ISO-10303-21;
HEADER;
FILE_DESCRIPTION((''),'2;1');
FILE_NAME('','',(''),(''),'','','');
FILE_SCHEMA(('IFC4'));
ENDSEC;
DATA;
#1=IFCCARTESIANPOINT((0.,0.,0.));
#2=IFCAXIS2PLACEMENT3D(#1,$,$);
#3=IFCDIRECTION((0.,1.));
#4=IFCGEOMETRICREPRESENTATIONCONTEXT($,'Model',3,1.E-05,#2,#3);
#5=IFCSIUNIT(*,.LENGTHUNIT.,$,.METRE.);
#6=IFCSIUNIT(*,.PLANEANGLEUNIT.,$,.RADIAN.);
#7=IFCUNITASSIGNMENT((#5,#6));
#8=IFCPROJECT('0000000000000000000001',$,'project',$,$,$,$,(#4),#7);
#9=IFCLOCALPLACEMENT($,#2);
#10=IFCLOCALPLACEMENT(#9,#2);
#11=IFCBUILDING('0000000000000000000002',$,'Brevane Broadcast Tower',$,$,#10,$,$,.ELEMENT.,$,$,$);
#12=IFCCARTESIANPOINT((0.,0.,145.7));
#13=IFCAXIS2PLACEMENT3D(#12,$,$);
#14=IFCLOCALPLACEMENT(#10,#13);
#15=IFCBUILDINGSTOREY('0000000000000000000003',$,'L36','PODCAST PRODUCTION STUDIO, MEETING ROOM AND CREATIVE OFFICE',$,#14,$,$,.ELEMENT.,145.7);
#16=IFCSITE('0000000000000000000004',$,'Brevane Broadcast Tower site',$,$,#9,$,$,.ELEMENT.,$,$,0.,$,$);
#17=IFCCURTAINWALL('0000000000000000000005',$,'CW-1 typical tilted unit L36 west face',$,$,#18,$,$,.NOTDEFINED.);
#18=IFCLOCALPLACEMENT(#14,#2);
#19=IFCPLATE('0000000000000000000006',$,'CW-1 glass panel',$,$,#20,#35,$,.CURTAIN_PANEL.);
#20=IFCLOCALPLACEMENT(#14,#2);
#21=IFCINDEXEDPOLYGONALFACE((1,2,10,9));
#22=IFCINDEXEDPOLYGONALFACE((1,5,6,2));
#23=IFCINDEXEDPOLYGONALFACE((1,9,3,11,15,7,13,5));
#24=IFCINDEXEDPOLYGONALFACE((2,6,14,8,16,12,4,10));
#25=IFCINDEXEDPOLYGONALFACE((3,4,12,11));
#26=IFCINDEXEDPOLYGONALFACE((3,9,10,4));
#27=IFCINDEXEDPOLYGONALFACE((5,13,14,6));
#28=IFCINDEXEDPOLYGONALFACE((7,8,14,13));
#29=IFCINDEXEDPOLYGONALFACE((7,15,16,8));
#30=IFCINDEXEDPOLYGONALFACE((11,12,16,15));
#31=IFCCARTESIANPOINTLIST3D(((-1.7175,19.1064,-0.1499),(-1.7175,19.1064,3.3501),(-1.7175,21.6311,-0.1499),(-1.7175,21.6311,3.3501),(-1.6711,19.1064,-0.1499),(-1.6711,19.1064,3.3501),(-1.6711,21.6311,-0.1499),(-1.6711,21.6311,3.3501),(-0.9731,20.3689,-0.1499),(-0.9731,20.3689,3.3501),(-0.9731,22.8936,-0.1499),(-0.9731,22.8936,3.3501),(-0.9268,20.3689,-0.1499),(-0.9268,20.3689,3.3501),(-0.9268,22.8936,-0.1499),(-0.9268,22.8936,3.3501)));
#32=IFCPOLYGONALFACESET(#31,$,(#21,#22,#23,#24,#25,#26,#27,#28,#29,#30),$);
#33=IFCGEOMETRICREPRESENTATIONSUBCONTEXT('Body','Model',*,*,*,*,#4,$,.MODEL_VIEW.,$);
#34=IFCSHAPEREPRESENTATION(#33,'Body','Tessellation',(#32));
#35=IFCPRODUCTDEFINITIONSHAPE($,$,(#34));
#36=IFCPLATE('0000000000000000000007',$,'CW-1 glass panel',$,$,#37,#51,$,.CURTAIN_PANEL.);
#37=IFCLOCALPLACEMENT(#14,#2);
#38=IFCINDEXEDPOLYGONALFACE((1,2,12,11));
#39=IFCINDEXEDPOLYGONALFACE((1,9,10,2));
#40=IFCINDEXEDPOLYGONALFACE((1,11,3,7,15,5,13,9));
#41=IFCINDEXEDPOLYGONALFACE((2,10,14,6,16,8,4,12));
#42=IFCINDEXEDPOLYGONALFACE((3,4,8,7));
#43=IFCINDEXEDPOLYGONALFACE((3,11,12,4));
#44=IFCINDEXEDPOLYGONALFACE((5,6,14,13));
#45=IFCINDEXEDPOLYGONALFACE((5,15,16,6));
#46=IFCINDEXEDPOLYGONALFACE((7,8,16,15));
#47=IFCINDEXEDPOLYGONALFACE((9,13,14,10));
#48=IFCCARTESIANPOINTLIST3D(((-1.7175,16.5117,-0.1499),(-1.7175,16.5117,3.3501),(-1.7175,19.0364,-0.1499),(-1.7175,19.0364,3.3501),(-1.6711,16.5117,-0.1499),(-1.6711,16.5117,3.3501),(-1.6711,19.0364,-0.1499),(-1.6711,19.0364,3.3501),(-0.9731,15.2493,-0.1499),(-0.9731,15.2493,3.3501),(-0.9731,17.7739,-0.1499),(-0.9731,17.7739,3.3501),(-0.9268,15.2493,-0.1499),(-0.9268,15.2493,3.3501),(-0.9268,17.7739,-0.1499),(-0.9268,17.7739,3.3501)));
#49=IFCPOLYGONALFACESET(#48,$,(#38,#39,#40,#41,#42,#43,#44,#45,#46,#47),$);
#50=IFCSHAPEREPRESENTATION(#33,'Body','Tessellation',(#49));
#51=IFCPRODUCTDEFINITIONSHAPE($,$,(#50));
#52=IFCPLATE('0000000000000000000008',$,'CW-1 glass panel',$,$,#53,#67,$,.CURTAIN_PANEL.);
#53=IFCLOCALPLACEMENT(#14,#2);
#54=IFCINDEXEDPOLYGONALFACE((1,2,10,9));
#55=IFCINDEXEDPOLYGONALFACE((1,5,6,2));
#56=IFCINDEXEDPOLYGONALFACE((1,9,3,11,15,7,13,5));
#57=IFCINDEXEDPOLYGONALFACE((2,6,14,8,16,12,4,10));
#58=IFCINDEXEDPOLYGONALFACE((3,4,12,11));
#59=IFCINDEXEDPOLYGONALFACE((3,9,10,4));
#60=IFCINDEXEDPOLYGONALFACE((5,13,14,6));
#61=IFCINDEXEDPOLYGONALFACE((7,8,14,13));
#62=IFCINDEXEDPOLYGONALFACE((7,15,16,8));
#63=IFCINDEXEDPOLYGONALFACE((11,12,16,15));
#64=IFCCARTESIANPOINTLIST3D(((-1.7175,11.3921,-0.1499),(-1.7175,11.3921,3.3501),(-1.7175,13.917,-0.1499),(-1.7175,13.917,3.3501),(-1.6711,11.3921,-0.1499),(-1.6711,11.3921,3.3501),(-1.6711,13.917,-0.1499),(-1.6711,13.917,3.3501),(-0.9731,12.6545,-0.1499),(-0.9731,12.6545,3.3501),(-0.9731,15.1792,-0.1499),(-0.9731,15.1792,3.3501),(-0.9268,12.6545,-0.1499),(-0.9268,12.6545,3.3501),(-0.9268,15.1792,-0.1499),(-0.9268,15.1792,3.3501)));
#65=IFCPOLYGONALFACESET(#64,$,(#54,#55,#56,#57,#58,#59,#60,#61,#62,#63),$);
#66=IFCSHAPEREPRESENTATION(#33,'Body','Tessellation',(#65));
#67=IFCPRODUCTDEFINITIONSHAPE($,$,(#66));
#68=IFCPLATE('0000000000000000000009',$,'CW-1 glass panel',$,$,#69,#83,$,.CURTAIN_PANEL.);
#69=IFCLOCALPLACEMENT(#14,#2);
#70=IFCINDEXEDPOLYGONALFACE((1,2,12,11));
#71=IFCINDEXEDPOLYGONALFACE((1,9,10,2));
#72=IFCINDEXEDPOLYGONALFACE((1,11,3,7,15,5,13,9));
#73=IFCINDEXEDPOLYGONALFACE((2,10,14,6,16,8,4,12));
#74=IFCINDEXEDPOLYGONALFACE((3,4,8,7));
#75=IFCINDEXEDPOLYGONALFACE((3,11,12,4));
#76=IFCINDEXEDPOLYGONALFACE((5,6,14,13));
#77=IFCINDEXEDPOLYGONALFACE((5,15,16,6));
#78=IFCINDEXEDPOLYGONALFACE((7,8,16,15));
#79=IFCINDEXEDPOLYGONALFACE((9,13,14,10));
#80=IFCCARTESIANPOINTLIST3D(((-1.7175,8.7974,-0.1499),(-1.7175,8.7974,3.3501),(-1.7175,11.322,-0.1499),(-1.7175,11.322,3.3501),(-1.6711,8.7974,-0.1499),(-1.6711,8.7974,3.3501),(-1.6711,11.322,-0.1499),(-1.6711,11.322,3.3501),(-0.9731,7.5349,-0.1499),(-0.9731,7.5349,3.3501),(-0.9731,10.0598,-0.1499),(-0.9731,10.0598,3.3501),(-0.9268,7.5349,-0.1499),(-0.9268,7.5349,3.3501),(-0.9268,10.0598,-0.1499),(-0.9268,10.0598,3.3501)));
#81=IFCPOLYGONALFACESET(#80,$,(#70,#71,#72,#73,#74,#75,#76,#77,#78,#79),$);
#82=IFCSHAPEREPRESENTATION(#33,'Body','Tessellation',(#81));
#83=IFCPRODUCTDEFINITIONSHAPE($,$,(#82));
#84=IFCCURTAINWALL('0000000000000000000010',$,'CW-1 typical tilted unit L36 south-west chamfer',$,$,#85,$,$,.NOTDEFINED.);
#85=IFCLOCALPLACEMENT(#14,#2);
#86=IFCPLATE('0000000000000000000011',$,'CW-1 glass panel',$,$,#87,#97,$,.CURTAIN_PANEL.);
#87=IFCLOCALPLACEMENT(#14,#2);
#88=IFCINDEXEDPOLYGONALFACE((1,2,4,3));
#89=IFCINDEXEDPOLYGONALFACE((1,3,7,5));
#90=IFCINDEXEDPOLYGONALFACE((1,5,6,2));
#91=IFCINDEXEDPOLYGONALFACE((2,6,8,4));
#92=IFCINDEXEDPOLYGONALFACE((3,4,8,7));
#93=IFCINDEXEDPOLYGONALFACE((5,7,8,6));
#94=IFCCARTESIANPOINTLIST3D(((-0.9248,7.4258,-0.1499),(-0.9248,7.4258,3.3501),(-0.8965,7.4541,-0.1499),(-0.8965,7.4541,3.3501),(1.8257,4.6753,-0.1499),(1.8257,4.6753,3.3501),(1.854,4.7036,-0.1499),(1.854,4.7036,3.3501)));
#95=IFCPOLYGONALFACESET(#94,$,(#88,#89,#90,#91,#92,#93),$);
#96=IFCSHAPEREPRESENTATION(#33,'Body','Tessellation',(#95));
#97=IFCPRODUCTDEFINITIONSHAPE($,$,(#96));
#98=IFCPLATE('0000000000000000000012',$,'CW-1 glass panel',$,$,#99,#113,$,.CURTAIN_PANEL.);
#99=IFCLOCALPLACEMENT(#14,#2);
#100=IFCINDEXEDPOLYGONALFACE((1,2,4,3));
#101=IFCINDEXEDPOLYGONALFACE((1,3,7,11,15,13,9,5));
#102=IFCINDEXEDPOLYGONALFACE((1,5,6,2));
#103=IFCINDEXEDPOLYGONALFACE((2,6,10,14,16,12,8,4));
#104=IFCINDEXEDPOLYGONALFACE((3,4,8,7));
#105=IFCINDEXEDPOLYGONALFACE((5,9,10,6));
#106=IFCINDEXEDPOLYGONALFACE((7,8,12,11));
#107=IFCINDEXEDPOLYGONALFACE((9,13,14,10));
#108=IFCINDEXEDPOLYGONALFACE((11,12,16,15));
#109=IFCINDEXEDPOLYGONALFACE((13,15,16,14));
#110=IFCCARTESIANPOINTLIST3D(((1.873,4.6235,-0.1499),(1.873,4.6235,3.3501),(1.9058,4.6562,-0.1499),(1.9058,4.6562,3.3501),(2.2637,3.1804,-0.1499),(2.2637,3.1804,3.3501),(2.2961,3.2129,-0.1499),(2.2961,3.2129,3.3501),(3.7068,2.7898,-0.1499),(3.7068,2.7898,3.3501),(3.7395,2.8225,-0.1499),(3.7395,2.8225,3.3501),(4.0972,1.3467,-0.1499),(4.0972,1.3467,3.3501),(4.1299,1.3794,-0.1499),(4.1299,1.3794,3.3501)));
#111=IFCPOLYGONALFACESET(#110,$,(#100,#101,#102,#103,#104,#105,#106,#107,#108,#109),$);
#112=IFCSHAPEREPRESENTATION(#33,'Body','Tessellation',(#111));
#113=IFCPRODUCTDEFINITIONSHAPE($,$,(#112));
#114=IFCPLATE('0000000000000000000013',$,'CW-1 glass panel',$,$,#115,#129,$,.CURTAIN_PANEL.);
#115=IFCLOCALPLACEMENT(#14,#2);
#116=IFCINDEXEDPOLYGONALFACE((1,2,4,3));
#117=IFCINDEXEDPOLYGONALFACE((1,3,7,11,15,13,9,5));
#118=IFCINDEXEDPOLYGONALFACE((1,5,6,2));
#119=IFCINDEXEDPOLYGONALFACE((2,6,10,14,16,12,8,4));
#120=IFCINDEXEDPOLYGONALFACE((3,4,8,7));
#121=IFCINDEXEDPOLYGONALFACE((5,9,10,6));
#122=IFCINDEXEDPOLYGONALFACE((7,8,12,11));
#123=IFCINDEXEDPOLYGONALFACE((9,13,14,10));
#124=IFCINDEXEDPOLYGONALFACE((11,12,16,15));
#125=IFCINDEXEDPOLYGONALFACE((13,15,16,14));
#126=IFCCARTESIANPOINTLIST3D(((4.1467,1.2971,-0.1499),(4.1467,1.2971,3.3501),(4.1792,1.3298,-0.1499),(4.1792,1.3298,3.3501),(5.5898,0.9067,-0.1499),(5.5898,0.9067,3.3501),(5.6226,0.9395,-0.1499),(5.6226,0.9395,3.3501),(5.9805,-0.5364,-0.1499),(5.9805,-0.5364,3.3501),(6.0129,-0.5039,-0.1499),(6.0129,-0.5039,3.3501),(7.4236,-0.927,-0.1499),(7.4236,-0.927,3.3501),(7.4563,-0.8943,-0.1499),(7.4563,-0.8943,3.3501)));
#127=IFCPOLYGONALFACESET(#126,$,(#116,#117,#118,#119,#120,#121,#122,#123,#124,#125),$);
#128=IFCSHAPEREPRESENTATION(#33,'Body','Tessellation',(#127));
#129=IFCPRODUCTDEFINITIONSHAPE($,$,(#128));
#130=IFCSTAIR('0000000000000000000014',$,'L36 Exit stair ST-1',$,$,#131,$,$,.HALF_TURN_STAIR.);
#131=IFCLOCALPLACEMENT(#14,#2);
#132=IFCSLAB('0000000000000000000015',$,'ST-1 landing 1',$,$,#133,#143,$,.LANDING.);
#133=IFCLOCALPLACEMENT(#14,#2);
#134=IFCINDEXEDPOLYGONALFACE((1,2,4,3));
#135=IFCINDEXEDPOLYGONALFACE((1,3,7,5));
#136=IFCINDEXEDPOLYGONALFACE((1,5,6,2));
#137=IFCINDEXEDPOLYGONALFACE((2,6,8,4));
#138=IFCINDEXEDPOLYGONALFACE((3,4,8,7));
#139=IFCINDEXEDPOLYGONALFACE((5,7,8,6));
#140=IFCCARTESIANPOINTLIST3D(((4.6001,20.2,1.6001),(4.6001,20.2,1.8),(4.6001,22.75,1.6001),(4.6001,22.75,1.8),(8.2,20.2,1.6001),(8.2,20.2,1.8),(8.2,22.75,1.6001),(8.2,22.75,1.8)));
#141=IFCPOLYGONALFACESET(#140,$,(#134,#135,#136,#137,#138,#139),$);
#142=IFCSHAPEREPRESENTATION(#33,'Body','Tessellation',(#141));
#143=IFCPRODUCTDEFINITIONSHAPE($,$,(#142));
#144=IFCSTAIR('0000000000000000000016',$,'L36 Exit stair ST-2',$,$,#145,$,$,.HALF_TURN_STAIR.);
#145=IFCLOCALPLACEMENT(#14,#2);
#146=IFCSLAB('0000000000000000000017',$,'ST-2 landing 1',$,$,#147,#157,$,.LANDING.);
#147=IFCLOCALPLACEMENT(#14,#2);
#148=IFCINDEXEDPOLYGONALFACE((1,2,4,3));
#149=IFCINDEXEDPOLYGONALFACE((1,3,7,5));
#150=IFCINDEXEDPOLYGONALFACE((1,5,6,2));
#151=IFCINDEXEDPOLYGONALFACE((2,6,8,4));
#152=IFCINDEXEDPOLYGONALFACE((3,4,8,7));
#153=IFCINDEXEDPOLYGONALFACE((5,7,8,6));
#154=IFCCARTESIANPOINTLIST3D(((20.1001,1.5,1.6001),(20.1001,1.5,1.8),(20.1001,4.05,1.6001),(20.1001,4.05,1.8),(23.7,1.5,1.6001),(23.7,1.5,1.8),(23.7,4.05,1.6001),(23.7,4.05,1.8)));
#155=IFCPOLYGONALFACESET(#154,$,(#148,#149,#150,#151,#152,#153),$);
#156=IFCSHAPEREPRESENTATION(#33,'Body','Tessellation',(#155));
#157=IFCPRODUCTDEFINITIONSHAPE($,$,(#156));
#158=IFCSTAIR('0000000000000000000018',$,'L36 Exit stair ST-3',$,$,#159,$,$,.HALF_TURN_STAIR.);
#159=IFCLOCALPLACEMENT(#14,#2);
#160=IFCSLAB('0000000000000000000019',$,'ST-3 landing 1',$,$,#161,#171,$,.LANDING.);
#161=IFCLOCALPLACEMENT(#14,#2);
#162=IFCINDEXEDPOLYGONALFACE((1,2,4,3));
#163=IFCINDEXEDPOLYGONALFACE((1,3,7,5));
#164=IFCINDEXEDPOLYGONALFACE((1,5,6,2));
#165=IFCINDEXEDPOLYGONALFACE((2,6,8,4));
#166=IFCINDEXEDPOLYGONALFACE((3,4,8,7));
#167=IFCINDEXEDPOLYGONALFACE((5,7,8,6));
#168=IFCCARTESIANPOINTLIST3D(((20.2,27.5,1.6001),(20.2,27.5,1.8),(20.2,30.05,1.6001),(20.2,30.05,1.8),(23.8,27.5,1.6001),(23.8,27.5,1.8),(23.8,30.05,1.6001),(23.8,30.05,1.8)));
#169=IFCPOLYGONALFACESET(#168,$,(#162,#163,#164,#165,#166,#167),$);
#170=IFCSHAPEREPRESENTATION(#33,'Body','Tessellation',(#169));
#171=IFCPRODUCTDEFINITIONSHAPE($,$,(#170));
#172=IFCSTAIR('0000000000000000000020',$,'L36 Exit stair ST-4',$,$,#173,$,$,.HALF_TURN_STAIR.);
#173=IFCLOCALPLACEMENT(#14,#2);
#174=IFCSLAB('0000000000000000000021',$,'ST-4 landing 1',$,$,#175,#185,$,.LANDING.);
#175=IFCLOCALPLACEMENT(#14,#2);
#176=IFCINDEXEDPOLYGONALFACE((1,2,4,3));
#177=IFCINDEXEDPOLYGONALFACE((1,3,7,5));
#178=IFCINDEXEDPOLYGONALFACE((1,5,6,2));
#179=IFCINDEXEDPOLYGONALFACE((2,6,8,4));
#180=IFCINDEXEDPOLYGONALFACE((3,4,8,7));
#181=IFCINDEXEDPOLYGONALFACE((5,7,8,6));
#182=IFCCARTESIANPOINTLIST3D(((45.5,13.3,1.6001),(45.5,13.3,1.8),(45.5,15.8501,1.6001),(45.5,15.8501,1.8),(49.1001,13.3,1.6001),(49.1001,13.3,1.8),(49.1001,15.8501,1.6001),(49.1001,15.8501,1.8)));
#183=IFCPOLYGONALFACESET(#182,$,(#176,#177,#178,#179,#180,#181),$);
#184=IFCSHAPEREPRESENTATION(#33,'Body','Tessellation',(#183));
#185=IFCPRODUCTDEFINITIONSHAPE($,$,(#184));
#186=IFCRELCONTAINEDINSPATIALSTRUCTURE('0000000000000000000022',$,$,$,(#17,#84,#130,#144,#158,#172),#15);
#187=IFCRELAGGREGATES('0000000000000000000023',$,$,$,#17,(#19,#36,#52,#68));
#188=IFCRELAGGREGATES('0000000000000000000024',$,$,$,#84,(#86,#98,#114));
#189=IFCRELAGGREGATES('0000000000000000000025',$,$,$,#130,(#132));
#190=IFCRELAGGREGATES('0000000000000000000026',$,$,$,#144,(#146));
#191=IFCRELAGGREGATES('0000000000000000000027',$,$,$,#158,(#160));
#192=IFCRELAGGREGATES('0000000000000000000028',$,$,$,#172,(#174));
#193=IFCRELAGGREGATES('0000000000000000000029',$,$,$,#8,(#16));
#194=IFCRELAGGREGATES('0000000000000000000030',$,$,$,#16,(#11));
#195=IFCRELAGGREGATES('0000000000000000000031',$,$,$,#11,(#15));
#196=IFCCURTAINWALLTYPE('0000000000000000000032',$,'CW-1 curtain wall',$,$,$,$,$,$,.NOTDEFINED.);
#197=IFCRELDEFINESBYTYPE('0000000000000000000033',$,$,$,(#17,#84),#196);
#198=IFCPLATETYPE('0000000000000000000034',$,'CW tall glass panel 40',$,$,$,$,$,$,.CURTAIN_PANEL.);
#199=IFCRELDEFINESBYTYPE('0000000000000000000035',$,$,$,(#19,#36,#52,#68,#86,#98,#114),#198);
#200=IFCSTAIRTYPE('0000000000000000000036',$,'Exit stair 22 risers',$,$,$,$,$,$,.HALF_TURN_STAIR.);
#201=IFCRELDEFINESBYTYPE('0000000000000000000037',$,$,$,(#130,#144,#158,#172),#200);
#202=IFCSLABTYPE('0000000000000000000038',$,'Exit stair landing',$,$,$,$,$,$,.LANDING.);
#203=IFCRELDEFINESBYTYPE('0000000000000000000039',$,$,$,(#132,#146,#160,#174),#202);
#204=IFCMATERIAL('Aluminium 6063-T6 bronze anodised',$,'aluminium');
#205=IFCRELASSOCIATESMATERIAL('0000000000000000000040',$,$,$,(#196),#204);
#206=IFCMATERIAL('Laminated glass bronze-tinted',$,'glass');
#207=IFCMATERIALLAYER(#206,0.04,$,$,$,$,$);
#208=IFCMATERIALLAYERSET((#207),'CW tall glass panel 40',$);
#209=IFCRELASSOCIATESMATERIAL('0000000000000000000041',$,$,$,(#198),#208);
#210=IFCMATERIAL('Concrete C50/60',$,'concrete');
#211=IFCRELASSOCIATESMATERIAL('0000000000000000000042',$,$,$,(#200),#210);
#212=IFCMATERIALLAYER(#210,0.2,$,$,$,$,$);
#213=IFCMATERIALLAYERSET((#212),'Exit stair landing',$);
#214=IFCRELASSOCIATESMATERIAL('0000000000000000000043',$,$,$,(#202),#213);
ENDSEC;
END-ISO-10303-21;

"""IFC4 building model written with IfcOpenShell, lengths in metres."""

from ifc_helpers import new_model, si_unit, direction, frame, origin, place, context, subcontext, project, spatial, polyline, outline, extrude, material, layer, layer_set, type_object, element, aggregate, save


model = new_model("IFC4")

# Units and contexts
model_context = context("Model", 3, precision=1e-05, world=origin(), true_north=direction((0.0, 1.0)))
body_context = subcontext(model_context, "Body", "Model", "MODEL_VIEW")
ifc_project = project(units=[si_unit("LENGTHUNIT", "METRE"), si_unit("PLANEANGLEUNIT", "RADIAN")], contexts=[model_context])

# Site, building, storey
site_placement = place(None, origin())
site = spatial("IfcSite", under=ifc_project, at=site_placement, Name="Brevane Broadcast Tower site", CompositionType="ELEMENT", RefElevation=0.0)
building_placement = place(site_placement, origin())
building = spatial("IfcBuilding", under=site, at=building_placement, Name="Brevane Broadcast Tower", CompositionType="ELEMENT")
storey_placement = place(building_placement, frame((0.0, 0.0, 145.7)))
storey = spatial("IfcBuildingStorey", under=building, at=storey_placement, Name="L36", Description="PODCAST PRODUCTION STUDIO, MEETING ROOM AND CREATIVE OFFICE", CompositionType="ELEMENT", Elevation=145.7)

# Shared definitions
ifc_material_1 = material(Name="Aluminium 6063-T6 bronze anodised", Category="aluminium")
curtain_wall_type = type_object("IfcCurtainWallType", Name="CW-1 curtain wall", PredefinedType="NOTDEFINED", material=ifc_material_1)
ifc_material_2 = material(Name="Laminated glass bronze-tinted", Category="glass")
ifc_layer_1 = layer(ifc_material_2, 0.04)
ifc_layer_set_1 = layer_set([ifc_layer_1], Name="CW tall glass panel 40")
plate_type = type_object("IfcPlateType", Name="CW tall glass panel 40", PredefinedType="CURTAIN_PANEL", material=ifc_layer_set_1)

# Curtain walls, plates
curtain_wall_1_placement = place(storey_placement, origin())
curtain_wall_1 = element("IfcCurtainWall", 1, at=curtain_wall_1_placement, inside=storey, type_object=curtain_wall_type, Name="CW-1 typical tilted unit L36 west face", PredefinedType="NOTDEFINED")
plate_1_placement = place(storey_placement, frame((0.0, 0.0, -0.1499)))
plate_1 = element("IfcPlate", 2, at=plate_1_placement, type_object=plate_type, Name="CW-1 glass panel", PredefinedType="CURTAIN_PANEL", context=body_context, shape_type="SweptSolid", body=[
    extrude(outline(polyline([(-0.9268, 22.8936), (-0.9731, 22.8936), (-1.7175, 21.6311), (-0.9731, 20.3689), (-1.7175, 19.1064), (-1.6711, 19.1064), (-0.9268, 20.3689), (-1.6711, 21.6311), (-0.9268, 22.8936)])), origin(), (0.0, 0.0, 1.0), 3.5),
])
plate_2_placement = place(storey_placement, frame((0.0, 0.0, -0.1499)))
plate_2 = element("IfcPlate", 3, at=plate_2_placement, type_object=plate_type, Name="CW-1 glass panel", PredefinedType="CURTAIN_PANEL", context=body_context, shape_type="SweptSolid", body=[
    extrude(outline(polyline([(-1.6711, 19.0364), (-1.7175, 19.0364), (-0.9731, 17.7739), (-1.7175, 16.5117), (-0.9731, 15.2493), (-0.9268, 15.2493), (-1.6711, 16.5117), (-0.9268, 17.7739), (-1.6711, 19.0364)])), origin(), (0.0, 0.0, 1.0), 3.5),
])
plate_3_placement = place(storey_placement, frame((0.0, 0.0, -0.1499)))
plate_3 = element("IfcPlate", 4, at=plate_3_placement, type_object=plate_type, Name="CW-1 glass panel", PredefinedType="CURTAIN_PANEL", context=body_context, shape_type="SweptSolid", body=[
    extrude(outline(polyline([(-0.9268, 15.1792), (-0.9731, 15.1792), (-1.7175, 13.917), (-0.9731, 12.6545), (-1.7175, 11.3921), (-1.6711, 11.3921), (-0.9268, 12.6545), (-1.6711, 13.917), (-0.9268, 15.1792)])), origin(), (0.0, 0.0, 1.0), 3.5),
])
plate_4_placement = place(storey_placement, frame((0.0, 0.0, -0.1499)))
plate_4 = element("IfcPlate", 5, at=plate_4_placement, type_object=plate_type, Name="CW-1 glass panel", PredefinedType="CURTAIN_PANEL", context=body_context, shape_type="SweptSolid", body=[
    extrude(outline(polyline([(-1.6711, 11.322), (-1.7175, 11.322), (-0.9731, 10.0598), (-1.7175, 8.7974), (-0.9731, 7.5349), (-0.9268, 7.5349), (-1.6711, 8.7974), (-0.9268, 10.0598), (-1.6711, 11.322)])), origin(), (0.0, 0.0, 1.0), 3.5),
])
aggregate(curtain_wall_1, [plate_1, plate_2, plate_3, plate_4])
curtain_wall_2_placement = place(storey_placement, origin())
curtain_wall_2 = element("IfcCurtainWall", 6, at=curtain_wall_2_placement, inside=storey, type_object=curtain_wall_type, Name="CW-1 typical tilted unit L36 south-west chamfer", PredefinedType="NOTDEFINED")
plate_5_placement = place(storey_placement, frame((0.0, 0.0, -0.1499)))
plate_5 = element("IfcPlate", 7, at=plate_5_placement, type_object=plate_type, Name="CW-1 glass panel", PredefinedType="CURTAIN_PANEL", context=body_context, shape_type="SweptSolid", body=[
    extrude(outline(polyline([(-0.8965, 7.4541), (1.854, 4.7036), (1.8257, 4.6753), (-0.9248, 7.4258), (-0.8965, 7.4541)])), origin(), (0.0, 0.0, 1.0), 3.5),
])
plate_6_placement = place(storey_placement, frame((0.0, 0.0, -0.1499)))
plate_6 = element("IfcPlate", 8, at=plate_6_placement, type_object=plate_type, Name="CW-1 glass panel", PredefinedType="CURTAIN_PANEL", context=body_context, shape_type="SweptSolid", body=[
    extrude(outline(polyline([(1.9058, 4.6562), (1.873, 4.6235), (2.2637, 3.1804), (3.7068, 2.7898), (4.0972, 1.3467), (4.1299, 1.3794), (3.7395, 2.8225), (2.2961, 3.2129), (1.9058, 4.6562)])), origin(), (0.0, 0.0, 1.0), 3.5),
])
plate_7_placement = place(storey_placement, frame((0.0, 0.0, -0.1499)))
plate_7 = element("IfcPlate", 9, at=plate_7_placement, type_object=plate_type, Name="CW-1 glass panel", PredefinedType="CURTAIN_PANEL", context=body_context, shape_type="SweptSolid", body=[
    extrude(outline(polyline([(4.1792, 1.3298), (4.1467, 1.2971), (5.5898, 0.9067), (5.9805, -0.5364), (7.4236, -0.927), (7.4563, -0.8943), (6.0129, -0.5039), (5.6226, 0.9395), (4.1792, 1.3298)])), origin(), (0.0, 0.0, 1.0), 3.5),
])
aggregate(curtain_wall_2, [plate_5, plate_6, plate_7])

# Stairs, slabs
ifc_material_3 = material(Name="Concrete C50/60", Category="concrete")
stair_type = type_object("IfcStairType", Name="Exit stair 22 risers", PredefinedType="HALF_TURN_STAIR", material=ifc_material_3)
stair_1_placement = place(storey_placement, origin())
stair_1 = element("IfcStair", 10, at=stair_1_placement, inside=storey, type_object=stair_type, Name="L36 Exit stair ST-1", PredefinedType="HALF_TURN_STAIR")
ifc_layer_2 = layer(ifc_material_3, 0.2)
ifc_layer_set_2 = layer_set([ifc_layer_2], Name="Exit stair landing")
slab_type_1 = type_object("IfcSlabType", Name="Exit stair landing", PredefinedType="LANDING", material=ifc_layer_set_2)
slab_1_placement = place(storey_placement, frame((0.0, 0.0, 1.6001)))
slab_1 = element("IfcSlab", 11, at=slab_1_placement, type_object=slab_type_1, Name="ST-1 landing 1", PredefinedType="LANDING", context=body_context, shape_type="SweptSolid", body=[
    extrude(outline(polyline([(4.6001, 20.2), (8.2, 20.2), (8.2, 22.75), (4.6001, 22.75), (4.6001, 20.2)])), origin(), (0.0, 0.0, 1.0), 0.2),
])
aggregate(stair_1, [slab_1])
stair_2_placement = place(storey_placement, origin())
stair_2 = element("IfcStair", 12, at=stair_2_placement, inside=storey, type_object=stair_type, Name="L36 Exit stair ST-2", PredefinedType="HALF_TURN_STAIR")
slab_2_placement = place(storey_placement, frame((0.0, 0.0, 1.6001)))
slab_2 = element("IfcSlab", 13, at=slab_2_placement, type_object=slab_type_1, Name="ST-2 landing 1", PredefinedType="LANDING", context=body_context, shape_type="SweptSolid", body=[
    extrude(outline(polyline([(20.1001, 1.5), (23.7, 1.5), (23.7, 4.05), (20.1001, 4.05), (20.1001, 1.5)])), origin(), (0.0, 0.0, 1.0), 0.2),
])
aggregate(stair_2, [slab_2])
stair_3_placement = place(storey_placement, origin())
stair_3 = element("IfcStair", 14, at=stair_3_placement, inside=storey, type_object=stair_type, Name="L36 Exit stair ST-3", PredefinedType="HALF_TURN_STAIR")
slab_3_placement = place(storey_placement, frame((0.0, 0.0, 1.6001)))
slab_3 = element("IfcSlab", 15, at=slab_3_placement, type_object=slab_type_1, Name="ST-3 landing 1", PredefinedType="LANDING", context=body_context, shape_type="SweptSolid", body=[
    extrude(outline(polyline([(20.2, 27.5), (23.8, 27.5), (23.8, 30.05), (20.2, 30.05), (20.2, 27.5)])), origin(), (0.0, 0.0, 1.0), 0.2),
])
aggregate(stair_3, [slab_3])
stair_4_placement = place(storey_placement, origin())
stair_4 = element("IfcStair", 16, at=stair_4_placement, inside=storey, type_object=stair_type, Name="L36 Exit stair ST-4", PredefinedType="HALF_TURN_STAIR")
slab_4_placement = place(storey_placement, frame((0.0, 0.0, 1.6001)))
slab_4 = element("IfcSlab", 17, at=slab_4_placement, type_object=slab_type_1, Name="ST-4 landing 1", PredefinedType="LANDING", context=body_context, shape_type="SweptSolid", body=[
    extrude(outline(polyline([(45.5, 13.3), (49.1001, 13.3), (49.1001, 15.8501), (45.5, 15.8501), (45.5, 13.3)])), origin(), (0.0, 0.0, 1.0), 0.2),
])
aggregate(stair_4, [slab_4])

save(model, "model.ifc")
